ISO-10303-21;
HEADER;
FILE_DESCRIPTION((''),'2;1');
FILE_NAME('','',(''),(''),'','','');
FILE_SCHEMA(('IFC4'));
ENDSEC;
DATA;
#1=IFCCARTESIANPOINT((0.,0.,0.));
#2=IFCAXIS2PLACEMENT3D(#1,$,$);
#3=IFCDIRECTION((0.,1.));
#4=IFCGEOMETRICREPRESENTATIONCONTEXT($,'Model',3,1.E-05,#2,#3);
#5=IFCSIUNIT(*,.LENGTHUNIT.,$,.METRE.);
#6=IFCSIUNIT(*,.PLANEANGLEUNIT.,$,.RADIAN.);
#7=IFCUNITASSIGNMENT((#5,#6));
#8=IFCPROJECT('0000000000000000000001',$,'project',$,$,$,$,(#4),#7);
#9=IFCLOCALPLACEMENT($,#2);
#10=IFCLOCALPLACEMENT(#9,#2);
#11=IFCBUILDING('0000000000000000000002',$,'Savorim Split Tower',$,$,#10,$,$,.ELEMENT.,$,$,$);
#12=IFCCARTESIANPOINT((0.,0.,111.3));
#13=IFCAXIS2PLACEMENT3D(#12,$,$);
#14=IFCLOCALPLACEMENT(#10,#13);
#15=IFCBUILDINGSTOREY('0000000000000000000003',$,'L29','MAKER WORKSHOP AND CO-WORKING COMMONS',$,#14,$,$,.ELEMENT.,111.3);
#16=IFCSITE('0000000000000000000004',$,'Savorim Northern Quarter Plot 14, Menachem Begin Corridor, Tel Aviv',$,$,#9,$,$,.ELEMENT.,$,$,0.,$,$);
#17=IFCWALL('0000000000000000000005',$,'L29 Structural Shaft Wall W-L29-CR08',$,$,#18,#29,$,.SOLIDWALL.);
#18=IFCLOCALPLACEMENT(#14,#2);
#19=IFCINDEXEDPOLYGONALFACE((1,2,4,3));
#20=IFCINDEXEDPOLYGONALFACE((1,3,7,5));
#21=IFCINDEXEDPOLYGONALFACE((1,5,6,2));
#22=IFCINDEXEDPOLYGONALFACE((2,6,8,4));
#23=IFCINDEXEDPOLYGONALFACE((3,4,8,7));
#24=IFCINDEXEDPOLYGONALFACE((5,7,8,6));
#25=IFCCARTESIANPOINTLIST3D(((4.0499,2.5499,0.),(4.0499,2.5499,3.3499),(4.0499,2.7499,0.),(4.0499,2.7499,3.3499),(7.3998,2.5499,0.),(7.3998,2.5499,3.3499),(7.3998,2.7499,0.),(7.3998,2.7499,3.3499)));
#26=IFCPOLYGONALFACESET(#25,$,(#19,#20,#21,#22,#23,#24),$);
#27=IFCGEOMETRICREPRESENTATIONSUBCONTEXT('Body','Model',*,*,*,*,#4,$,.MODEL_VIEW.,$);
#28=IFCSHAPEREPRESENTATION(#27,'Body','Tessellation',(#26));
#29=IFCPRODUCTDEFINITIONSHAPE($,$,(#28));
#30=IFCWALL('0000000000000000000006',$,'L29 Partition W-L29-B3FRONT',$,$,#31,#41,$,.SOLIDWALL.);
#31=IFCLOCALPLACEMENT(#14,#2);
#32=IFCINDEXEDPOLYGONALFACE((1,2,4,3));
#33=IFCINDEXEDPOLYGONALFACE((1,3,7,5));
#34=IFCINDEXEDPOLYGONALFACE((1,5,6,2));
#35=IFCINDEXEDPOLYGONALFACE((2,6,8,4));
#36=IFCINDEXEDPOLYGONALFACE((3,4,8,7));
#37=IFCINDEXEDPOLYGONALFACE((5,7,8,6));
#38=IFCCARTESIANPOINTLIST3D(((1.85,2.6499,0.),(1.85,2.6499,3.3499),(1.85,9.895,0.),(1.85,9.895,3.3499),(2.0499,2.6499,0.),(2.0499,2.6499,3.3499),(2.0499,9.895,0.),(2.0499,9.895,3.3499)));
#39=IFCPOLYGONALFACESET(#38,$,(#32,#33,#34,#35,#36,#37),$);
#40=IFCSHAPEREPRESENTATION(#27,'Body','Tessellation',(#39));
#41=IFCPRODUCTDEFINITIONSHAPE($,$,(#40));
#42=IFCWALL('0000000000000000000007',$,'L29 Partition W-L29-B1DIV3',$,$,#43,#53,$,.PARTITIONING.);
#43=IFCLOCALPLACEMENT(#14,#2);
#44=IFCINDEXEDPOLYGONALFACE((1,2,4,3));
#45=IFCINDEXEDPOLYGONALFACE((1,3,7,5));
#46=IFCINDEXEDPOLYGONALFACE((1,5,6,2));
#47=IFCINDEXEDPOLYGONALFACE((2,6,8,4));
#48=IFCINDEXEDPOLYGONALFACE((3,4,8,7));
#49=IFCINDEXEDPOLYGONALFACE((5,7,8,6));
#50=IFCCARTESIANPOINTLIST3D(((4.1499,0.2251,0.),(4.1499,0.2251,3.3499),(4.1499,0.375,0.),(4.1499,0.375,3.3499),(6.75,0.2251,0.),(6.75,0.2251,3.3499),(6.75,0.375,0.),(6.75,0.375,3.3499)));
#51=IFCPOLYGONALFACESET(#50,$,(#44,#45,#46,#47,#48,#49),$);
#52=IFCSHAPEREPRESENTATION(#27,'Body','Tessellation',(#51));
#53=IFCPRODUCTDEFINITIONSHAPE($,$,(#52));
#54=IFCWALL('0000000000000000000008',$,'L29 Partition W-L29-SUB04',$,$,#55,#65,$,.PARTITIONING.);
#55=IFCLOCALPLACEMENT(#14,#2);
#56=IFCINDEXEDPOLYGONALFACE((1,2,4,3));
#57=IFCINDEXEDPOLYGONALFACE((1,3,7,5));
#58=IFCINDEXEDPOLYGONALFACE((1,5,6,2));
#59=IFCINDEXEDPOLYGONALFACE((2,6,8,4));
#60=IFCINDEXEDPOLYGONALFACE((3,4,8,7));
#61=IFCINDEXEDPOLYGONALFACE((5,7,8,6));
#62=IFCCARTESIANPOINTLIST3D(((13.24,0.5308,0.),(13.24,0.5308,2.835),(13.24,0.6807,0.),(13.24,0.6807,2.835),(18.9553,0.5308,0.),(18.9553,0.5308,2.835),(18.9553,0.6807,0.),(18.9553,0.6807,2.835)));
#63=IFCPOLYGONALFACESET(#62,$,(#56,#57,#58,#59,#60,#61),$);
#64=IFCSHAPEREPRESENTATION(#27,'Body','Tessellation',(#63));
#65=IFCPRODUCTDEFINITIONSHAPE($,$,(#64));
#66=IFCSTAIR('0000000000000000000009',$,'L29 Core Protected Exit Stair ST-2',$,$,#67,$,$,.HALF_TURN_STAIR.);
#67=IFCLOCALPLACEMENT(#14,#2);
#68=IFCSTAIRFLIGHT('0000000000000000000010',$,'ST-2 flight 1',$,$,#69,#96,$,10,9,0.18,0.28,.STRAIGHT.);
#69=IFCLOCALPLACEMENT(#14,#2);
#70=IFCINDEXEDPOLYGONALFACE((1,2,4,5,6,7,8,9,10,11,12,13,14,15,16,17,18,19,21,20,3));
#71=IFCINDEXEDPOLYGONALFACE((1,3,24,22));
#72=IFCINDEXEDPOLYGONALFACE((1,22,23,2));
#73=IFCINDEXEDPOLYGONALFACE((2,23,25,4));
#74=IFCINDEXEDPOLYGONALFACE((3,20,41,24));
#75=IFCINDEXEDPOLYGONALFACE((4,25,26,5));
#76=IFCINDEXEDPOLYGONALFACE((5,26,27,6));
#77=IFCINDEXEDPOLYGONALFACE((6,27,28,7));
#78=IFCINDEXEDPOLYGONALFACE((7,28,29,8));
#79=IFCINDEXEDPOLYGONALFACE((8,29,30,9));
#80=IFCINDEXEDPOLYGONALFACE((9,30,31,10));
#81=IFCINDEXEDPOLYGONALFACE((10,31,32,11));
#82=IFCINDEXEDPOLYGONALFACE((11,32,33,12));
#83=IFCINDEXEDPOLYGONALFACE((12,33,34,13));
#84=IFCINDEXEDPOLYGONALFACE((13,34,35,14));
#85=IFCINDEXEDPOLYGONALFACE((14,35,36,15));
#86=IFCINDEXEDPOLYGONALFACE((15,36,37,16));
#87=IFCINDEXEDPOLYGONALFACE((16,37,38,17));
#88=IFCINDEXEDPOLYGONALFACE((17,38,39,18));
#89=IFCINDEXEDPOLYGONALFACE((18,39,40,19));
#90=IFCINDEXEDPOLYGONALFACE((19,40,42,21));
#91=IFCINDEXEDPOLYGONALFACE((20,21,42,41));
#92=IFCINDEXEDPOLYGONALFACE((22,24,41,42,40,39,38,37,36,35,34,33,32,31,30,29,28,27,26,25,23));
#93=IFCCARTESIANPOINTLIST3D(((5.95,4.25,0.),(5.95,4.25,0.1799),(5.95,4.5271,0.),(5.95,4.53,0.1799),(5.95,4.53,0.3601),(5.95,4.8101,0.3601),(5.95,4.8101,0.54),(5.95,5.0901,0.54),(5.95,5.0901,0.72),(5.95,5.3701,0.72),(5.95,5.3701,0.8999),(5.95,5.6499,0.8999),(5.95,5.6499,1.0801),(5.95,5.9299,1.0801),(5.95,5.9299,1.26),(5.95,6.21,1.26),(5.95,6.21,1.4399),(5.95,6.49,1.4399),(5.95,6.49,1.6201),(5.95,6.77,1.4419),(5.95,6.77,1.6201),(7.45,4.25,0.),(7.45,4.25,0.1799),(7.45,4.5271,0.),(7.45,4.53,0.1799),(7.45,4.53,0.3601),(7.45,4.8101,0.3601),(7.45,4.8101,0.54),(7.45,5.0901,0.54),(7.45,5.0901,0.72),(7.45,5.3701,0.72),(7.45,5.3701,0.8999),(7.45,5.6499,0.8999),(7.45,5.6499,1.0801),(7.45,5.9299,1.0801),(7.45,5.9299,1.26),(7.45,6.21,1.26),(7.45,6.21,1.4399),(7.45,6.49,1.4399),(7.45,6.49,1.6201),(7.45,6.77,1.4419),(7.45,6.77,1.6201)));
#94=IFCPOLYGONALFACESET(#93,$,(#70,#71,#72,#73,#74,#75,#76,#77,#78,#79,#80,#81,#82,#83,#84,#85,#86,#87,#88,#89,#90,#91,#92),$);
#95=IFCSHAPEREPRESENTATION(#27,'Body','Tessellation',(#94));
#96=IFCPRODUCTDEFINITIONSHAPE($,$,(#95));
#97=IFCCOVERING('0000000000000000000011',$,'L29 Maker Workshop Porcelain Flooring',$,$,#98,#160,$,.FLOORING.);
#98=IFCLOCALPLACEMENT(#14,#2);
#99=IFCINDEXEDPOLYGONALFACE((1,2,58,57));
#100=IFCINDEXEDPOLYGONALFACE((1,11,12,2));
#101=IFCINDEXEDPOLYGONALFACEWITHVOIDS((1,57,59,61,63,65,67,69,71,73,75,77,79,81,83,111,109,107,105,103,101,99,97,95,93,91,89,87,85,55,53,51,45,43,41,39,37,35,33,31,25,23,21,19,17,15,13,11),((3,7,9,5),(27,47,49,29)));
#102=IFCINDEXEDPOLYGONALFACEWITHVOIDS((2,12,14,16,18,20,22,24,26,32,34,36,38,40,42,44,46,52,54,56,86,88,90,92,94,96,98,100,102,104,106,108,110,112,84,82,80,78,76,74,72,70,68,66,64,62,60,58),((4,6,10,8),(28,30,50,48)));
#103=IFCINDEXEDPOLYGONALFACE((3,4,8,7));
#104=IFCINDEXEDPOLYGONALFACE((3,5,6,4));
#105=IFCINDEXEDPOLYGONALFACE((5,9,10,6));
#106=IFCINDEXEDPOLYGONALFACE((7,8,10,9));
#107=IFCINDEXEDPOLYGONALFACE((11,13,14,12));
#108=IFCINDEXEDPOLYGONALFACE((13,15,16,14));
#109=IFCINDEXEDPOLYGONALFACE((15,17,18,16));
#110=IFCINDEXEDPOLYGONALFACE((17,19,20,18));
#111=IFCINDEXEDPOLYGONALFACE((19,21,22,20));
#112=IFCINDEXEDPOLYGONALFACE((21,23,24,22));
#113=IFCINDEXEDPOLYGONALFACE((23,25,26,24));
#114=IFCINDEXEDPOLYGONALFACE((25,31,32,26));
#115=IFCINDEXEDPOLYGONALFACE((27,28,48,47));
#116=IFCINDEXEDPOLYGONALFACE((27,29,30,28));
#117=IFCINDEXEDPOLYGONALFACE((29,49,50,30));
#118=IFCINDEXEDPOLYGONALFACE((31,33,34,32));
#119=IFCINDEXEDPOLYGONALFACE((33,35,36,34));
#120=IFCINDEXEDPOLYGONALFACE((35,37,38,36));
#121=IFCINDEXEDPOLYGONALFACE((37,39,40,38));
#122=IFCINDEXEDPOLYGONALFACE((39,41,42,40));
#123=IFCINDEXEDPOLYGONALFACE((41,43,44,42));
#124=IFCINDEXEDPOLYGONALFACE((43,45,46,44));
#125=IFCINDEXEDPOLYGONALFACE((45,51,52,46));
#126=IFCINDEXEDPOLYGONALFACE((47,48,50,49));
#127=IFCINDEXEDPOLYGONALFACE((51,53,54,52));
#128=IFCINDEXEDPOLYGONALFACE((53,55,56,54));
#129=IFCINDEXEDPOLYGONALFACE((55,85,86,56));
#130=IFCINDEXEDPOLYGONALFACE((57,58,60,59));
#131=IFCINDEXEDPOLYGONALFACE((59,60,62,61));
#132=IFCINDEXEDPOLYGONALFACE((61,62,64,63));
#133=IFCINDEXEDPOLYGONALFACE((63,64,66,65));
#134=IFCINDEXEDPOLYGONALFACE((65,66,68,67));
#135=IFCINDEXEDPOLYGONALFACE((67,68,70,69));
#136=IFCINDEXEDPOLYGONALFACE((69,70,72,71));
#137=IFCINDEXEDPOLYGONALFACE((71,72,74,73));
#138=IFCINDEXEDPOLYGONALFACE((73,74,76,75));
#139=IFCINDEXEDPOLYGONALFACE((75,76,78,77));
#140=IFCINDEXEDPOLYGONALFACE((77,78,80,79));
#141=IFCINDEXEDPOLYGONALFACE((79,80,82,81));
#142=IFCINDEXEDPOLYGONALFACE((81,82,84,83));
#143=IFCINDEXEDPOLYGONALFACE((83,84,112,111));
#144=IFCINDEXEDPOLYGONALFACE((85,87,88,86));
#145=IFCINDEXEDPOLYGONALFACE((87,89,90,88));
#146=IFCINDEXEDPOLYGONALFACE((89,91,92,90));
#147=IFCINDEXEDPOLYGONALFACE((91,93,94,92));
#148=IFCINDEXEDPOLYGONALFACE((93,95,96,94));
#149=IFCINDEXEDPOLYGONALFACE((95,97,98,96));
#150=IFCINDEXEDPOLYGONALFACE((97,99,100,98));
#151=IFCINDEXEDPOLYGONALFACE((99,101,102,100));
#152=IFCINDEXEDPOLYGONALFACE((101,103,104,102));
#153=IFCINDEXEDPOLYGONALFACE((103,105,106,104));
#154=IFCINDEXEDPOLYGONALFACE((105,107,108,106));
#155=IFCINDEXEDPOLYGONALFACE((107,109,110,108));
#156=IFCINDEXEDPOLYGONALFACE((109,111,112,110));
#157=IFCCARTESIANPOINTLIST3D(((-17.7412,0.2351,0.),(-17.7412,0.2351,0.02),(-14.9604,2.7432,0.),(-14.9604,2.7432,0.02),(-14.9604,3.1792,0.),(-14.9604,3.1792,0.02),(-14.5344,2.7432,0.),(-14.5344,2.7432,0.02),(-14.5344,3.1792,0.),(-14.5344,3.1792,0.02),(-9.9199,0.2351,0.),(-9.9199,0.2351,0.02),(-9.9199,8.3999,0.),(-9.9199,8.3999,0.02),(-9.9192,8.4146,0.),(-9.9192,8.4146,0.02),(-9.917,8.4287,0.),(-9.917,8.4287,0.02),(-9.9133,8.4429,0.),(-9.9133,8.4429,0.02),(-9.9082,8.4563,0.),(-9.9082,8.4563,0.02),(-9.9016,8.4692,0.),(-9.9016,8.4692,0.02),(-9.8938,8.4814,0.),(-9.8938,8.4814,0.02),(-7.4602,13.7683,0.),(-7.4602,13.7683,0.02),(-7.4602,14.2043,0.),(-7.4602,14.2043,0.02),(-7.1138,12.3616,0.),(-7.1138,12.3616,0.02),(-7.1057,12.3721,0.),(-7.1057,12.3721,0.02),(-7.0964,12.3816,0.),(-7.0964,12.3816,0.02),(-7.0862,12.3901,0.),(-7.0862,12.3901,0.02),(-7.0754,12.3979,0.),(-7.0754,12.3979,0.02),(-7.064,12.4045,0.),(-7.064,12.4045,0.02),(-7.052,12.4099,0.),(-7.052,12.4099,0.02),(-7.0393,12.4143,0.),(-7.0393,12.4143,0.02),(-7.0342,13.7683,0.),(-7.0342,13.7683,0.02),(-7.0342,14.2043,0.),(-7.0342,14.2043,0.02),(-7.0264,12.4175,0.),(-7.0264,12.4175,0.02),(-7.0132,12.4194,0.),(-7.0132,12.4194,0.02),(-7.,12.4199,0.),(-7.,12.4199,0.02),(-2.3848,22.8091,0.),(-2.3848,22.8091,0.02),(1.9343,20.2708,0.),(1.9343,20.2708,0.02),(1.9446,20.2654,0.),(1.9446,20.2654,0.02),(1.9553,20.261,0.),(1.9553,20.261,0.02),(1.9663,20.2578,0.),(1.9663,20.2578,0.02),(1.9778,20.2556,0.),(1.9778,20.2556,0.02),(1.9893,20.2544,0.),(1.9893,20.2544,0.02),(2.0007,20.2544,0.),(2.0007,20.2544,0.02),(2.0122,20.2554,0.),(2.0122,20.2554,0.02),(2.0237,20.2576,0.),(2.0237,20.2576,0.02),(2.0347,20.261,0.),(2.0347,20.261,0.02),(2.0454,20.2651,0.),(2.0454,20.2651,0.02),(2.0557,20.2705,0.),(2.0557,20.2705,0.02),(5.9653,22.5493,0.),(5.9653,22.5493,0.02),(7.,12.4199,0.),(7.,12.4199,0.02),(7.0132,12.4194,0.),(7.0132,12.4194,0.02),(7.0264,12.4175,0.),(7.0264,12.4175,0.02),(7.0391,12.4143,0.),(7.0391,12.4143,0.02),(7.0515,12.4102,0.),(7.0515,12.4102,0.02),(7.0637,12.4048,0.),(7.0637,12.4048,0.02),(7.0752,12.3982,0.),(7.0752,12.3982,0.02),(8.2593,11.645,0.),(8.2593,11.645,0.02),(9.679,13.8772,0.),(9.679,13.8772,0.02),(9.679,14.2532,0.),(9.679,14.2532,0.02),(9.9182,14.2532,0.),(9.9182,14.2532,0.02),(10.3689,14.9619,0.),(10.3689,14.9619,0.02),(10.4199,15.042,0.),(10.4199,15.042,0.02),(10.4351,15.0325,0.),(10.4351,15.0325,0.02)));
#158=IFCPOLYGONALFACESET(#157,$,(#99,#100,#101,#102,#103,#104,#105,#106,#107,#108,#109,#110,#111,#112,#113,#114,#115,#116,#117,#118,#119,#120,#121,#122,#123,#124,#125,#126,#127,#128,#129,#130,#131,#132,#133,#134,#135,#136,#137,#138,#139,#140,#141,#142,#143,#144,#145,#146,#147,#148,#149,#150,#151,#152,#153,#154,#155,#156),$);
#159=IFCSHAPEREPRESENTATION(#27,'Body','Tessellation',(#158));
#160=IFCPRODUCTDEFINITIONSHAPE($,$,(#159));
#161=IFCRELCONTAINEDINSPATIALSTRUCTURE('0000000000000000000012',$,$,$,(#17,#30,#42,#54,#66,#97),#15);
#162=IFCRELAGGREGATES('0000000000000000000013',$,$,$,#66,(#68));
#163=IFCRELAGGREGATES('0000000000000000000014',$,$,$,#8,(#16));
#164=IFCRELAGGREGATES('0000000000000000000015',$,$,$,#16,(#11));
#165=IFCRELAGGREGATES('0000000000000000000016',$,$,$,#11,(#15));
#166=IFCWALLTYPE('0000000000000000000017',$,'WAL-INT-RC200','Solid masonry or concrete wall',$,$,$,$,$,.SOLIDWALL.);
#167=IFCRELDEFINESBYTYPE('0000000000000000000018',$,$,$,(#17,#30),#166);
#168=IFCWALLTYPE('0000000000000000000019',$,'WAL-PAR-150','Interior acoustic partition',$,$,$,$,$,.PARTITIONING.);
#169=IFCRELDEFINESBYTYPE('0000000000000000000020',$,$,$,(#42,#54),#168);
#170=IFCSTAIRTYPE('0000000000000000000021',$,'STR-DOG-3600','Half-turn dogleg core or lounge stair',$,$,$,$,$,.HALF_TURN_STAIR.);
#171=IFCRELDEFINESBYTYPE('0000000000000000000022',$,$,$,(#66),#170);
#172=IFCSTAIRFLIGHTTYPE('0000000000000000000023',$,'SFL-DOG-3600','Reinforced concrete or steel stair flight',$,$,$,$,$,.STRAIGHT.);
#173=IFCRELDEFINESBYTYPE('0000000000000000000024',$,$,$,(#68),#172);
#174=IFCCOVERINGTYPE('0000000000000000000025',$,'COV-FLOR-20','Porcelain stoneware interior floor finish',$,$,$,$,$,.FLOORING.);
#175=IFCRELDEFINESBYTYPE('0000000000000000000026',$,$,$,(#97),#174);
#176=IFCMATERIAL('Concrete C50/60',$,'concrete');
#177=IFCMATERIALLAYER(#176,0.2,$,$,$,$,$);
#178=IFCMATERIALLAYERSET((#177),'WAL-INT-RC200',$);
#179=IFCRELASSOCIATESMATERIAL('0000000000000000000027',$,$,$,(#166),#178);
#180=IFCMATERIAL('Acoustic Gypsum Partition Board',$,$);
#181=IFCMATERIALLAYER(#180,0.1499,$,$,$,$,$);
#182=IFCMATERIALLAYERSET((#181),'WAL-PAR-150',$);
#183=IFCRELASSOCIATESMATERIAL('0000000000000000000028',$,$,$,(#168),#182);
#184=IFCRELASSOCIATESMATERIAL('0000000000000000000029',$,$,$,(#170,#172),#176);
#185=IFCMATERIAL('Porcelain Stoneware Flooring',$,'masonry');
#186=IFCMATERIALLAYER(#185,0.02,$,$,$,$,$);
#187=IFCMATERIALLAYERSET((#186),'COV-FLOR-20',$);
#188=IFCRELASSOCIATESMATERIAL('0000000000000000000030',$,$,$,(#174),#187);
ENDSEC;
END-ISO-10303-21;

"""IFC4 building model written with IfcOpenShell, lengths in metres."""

from ifc_helpers import new_model, si_unit, direction, frame, frame_2d, origin, place, context, subcontext, project, spatial, polyline, rectangle, outline, extrude, material, layer, layer_set, type_object, element, aggregate, save


model = new_model("IFC4")

# Units and contexts
model_context = context("Model", 3, precision=1e-05, world=origin(), true_north=direction((0.0, 1.0)))
body_context = subcontext(model_context, "Body", "Model", "MODEL_VIEW")
ifc_project = project(units=[si_unit("LENGTHUNIT", "METRE"), si_unit("PLANEANGLEUNIT", "RADIAN")], contexts=[model_context])

# Site, building, storey
site_placement = place(None, origin())
site = spatial("IfcSite", under=ifc_project, at=site_placement, Name="Savorim Northern Quarter Plot 14, Menachem Begin Corridor, Tel Aviv", CompositionType="ELEMENT", RefElevation=0.0)
building_placement = place(site_placement, origin())
building = spatial("IfcBuilding", under=site, at=building_placement, Name="Savorim Split Tower", CompositionType="ELEMENT")
storey_placement = place(building_placement, frame((0.0, 0.0, 111.3)))
storey = spatial("IfcBuildingStorey", under=building, at=storey_placement, Name="L29", Description="MAKER WORKSHOP AND CO-WORKING COMMONS", CompositionType="ELEMENT", Elevation=111.3)

# Shared definitions
ifc_material_1 = material(Name="Concrete C50/60", Category="concrete")
ifc_layer_1 = layer(ifc_material_1, 0.2)
ifc_layer_set_1 = layer_set([ifc_layer_1], Name="WAL-INT-RC200")
wall_type_1 = type_object("IfcWallType", Name="WAL-INT-RC200", Description="Solid masonry or concrete wall", PredefinedType="SOLIDWALL", material=ifc_layer_set_1)

# Walls
wall_1_placement = place(storey_placement, frame((4.05, 2.6499, 0.0), z_axis=(0.0, 0.0, 1.0), x_axis=(1.0, 0.0, 0.0)))
element("IfcWall", 1, at=wall_1_placement, inside=storey, type_object=wall_type_1, Name="L29 Structural Shaft Wall W-L29-CR08", PredefinedType="SOLIDWALL", context=body_context, shape_type="SweptSolid", body=[
    extrude(rectangle(XDim=3.3499, YDim=0.2, at=frame_2d((1.6748, 0.0))), origin(), (0.0, 0.0, 1.0), 3.3499),
])
wall_2_placement = place(storey_placement, frame((1.95, 2.6499, 0.0), z_axis=(0.0, 0.0, 1.0), x_axis=(0.0, 1.0, 0.0)))
element("IfcWall", 2, at=wall_2_placement, inside=storey, type_object=wall_type_1, Name="L29 Partition W-L29-B3FRONT", PredefinedType="SOLIDWALL", context=body_context, shape_type="SweptSolid", body=[
    extrude(rectangle(XDim=7.2451, YDim=0.2, at=frame_2d((3.6226, 0.0))), origin(), (0.0, 0.0, 1.0), 3.3499),
])
ifc_material_2 = material(Name="Acoustic Gypsum Partition Board")
ifc_layer_2 = layer(ifc_material_2, 0.1499)
ifc_layer_set_2 = layer_set([ifc_layer_2], Name="WAL-PAR-150")
wall_type_2 = type_object("IfcWallType", Name="WAL-PAR-150", Description="Interior acoustic partition", PredefinedType="PARTITIONING", material=ifc_layer_set_2)
wall_3_placement = place(storey_placement, frame((4.1499, 0.3, 0.0), z_axis=(0.0, 0.0, 1.0), x_axis=(1.0, 0.0, 0.0)))
element("IfcWall", 3, at=wall_3_placement, inside=storey, type_object=wall_type_2, Name="L29 Partition W-L29-B1DIV3", PredefinedType="PARTITIONING", context=body_context, shape_type="SweptSolid", body=[
    extrude(rectangle(XDim=2.6001, YDim=0.1499, at=frame_2d((1.3, 0.0))), origin(), (0.0, 0.0, 1.0), 3.3499),
])
wall_4_placement = place(storey_placement, frame((13.24, 0.6057, 0.0), z_axis=(0.0, 0.0, 1.0), x_axis=(1.0, 0.0, 0.0)))
element("IfcWall", 4, at=wall_4_placement, inside=storey, type_object=wall_type_2, Name="L29 Partition W-L29-SUB04", PredefinedType="PARTITIONING", context=body_context, shape_type="SweptSolid", body=[
    extrude(rectangle(XDim=5.7153, YDim=0.1499, at=frame_2d((2.8577, 0.0))), origin(), (0.0, 0.0, 1.0), 2.835),
])

# Stair, stair flight
stair_type = type_object("IfcStairType", Name="STR-DOG-3600", Description="Half-turn dogleg core or lounge stair", PredefinedType="HALF_TURN_STAIR", material=ifc_material_1)
stair_placement = place(storey_placement, origin())
stair = element("IfcStair", 5, at=stair_placement, inside=storey, type_object=stair_type, Name="L29 Core Protected Exit Stair ST-2", PredefinedType="HALF_TURN_STAIR")
stair_flight_type = type_object("IfcStairFlightType", Name="SFL-DOG-3600", Description="Reinforced concrete or steel stair flight", PredefinedType="STRAIGHT", material=ifc_material_1)
stair_flight_placement = place(storey_placement, frame((6.7, 4.25, 0.0), z_axis=(0.0, 0.0, 1.0), x_axis=(0.0, 1.0, 0.0)))
stair_flight = element("IfcStairFlight", 6, at=stair_flight_placement, type_object=stair_flight_type, Name="ST-2 flight 1", NumberOfRisers=10, NumberOfTreads=9, PredefinedType="STRAIGHT", RiserHeight=0.18, TreadLength=0.28, context=body_context, shape_type="SweptSolid", body=[
    extrude(outline(polyline([(0.0, 0.0), (0.0, 0.1799), (0.28, 0.1799), (0.28, 0.3601), (0.5601, 0.3601), (0.5601, 0.54), (0.8401, 0.54), (0.8401, 0.72), (1.1201, 0.72), (1.1201, 0.8999), (1.3999, 0.8999), (1.3999, 1.0801), (1.6799, 1.0801), (1.6799, 1.26), (1.96, 1.26), (1.96, 1.4399), (2.24, 1.4399), (2.24, 1.6201), (2.52, 1.6201), (2.52, 1.8), (2.52, 1.4419), (0.2771, 0.0), (0.0, 0.0)])), frame((0.0, 0.75, 0.0), z_axis=(0.0, -1.0, 0.0), x_axis=(1.0, 0.0, 0.0)), (0.0, 0.0, 1.0), 1.5),
])
aggregate(stair, [stair_flight])

# Covering
ifc_material_3 = material(Name="Porcelain Stoneware Flooring", Category="masonry")
ifc_layer_3 = layer(ifc_material_3, 0.02)
ifc_layer_set_3 = layer_set([ifc_layer_3], Name="COV-FLOR-20")
covering_type = type_object("IfcCoveringType", Name="COV-FLOR-20", Description="Porcelain stoneware interior floor finish", PredefinedType="FLOORING", material=ifc_layer_set_3)
covering_placement = place(storey_placement, origin())
element("IfcCovering", 7, at=covering_placement, inside=storey, type_object=covering_type, Name="L29 Maker Workshop Porcelain Flooring", PredefinedType="FLOORING", context=body_context, shape_type="SweptSolid", body=[
    extrude(outline(polyline([(1.9553, 20.261), (1.9446, 20.2654), (1.9343, 20.2708), (-2.3848, 22.8091), (-17.7412, 0.2351), (-9.9199, 0.2351), (-9.9199, 8.3999), (-9.9192, 8.4146), (-9.917, 8.4287), (-9.9133, 8.4429), (-9.9082, 8.4563), (-9.9016, 8.4692), (-9.8938, 8.4814), (-7.1138, 12.3616), (-7.1057, 12.3721), (-7.0964, 12.3816), (-7.0862, 12.3901), (-7.0754, 12.3979), (-7.064, 12.4045), (-7.052, 12.4099), (-7.0393, 12.4143), (-7.0264, 12.4175), (-7.0132, 12.4194), (-7.0, 12.4199), (7.0, 12.4199), (7.0132, 12.4194), (7.0264, 12.4175), (7.0391, 12.4143), (7.0515, 12.4102), (7.0637, 12.4048), (7.0752, 12.3982), (8.2593, 11.645), (9.679, 13.8772), (9.679, 14.2532), (9.9182, 14.2532), (10.3689, 14.9619), (10.4199, 15.042), (10.4351, 15.0325), (5.9653, 22.5493), (2.0557, 20.2705), (2.0454, 20.2651), (2.0347, 20.261), (2.0237, 20.2576), (2.0122, 20.2554), (2.0007, 20.2544), (1.9893, 20.2544), (1.9778, 20.2556), (1.9663, 20.2578), (1.9553, 20.261)]), holes=[polyline([(-7.0342, 14.2043), (-7.4602, 14.2043), (-7.4602, 13.7683), (-7.0342, 13.7683), (-7.0342, 14.2043)]), polyline([(-14.9604, 3.1792), (-14.9604, 2.7432), (-14.5344, 2.7432), (-14.5344, 3.1792), (-14.9604, 3.1792)])]), origin(), (0.0, 0.0, 1.0), 0.02),
])

save(model, "model.ifc")
